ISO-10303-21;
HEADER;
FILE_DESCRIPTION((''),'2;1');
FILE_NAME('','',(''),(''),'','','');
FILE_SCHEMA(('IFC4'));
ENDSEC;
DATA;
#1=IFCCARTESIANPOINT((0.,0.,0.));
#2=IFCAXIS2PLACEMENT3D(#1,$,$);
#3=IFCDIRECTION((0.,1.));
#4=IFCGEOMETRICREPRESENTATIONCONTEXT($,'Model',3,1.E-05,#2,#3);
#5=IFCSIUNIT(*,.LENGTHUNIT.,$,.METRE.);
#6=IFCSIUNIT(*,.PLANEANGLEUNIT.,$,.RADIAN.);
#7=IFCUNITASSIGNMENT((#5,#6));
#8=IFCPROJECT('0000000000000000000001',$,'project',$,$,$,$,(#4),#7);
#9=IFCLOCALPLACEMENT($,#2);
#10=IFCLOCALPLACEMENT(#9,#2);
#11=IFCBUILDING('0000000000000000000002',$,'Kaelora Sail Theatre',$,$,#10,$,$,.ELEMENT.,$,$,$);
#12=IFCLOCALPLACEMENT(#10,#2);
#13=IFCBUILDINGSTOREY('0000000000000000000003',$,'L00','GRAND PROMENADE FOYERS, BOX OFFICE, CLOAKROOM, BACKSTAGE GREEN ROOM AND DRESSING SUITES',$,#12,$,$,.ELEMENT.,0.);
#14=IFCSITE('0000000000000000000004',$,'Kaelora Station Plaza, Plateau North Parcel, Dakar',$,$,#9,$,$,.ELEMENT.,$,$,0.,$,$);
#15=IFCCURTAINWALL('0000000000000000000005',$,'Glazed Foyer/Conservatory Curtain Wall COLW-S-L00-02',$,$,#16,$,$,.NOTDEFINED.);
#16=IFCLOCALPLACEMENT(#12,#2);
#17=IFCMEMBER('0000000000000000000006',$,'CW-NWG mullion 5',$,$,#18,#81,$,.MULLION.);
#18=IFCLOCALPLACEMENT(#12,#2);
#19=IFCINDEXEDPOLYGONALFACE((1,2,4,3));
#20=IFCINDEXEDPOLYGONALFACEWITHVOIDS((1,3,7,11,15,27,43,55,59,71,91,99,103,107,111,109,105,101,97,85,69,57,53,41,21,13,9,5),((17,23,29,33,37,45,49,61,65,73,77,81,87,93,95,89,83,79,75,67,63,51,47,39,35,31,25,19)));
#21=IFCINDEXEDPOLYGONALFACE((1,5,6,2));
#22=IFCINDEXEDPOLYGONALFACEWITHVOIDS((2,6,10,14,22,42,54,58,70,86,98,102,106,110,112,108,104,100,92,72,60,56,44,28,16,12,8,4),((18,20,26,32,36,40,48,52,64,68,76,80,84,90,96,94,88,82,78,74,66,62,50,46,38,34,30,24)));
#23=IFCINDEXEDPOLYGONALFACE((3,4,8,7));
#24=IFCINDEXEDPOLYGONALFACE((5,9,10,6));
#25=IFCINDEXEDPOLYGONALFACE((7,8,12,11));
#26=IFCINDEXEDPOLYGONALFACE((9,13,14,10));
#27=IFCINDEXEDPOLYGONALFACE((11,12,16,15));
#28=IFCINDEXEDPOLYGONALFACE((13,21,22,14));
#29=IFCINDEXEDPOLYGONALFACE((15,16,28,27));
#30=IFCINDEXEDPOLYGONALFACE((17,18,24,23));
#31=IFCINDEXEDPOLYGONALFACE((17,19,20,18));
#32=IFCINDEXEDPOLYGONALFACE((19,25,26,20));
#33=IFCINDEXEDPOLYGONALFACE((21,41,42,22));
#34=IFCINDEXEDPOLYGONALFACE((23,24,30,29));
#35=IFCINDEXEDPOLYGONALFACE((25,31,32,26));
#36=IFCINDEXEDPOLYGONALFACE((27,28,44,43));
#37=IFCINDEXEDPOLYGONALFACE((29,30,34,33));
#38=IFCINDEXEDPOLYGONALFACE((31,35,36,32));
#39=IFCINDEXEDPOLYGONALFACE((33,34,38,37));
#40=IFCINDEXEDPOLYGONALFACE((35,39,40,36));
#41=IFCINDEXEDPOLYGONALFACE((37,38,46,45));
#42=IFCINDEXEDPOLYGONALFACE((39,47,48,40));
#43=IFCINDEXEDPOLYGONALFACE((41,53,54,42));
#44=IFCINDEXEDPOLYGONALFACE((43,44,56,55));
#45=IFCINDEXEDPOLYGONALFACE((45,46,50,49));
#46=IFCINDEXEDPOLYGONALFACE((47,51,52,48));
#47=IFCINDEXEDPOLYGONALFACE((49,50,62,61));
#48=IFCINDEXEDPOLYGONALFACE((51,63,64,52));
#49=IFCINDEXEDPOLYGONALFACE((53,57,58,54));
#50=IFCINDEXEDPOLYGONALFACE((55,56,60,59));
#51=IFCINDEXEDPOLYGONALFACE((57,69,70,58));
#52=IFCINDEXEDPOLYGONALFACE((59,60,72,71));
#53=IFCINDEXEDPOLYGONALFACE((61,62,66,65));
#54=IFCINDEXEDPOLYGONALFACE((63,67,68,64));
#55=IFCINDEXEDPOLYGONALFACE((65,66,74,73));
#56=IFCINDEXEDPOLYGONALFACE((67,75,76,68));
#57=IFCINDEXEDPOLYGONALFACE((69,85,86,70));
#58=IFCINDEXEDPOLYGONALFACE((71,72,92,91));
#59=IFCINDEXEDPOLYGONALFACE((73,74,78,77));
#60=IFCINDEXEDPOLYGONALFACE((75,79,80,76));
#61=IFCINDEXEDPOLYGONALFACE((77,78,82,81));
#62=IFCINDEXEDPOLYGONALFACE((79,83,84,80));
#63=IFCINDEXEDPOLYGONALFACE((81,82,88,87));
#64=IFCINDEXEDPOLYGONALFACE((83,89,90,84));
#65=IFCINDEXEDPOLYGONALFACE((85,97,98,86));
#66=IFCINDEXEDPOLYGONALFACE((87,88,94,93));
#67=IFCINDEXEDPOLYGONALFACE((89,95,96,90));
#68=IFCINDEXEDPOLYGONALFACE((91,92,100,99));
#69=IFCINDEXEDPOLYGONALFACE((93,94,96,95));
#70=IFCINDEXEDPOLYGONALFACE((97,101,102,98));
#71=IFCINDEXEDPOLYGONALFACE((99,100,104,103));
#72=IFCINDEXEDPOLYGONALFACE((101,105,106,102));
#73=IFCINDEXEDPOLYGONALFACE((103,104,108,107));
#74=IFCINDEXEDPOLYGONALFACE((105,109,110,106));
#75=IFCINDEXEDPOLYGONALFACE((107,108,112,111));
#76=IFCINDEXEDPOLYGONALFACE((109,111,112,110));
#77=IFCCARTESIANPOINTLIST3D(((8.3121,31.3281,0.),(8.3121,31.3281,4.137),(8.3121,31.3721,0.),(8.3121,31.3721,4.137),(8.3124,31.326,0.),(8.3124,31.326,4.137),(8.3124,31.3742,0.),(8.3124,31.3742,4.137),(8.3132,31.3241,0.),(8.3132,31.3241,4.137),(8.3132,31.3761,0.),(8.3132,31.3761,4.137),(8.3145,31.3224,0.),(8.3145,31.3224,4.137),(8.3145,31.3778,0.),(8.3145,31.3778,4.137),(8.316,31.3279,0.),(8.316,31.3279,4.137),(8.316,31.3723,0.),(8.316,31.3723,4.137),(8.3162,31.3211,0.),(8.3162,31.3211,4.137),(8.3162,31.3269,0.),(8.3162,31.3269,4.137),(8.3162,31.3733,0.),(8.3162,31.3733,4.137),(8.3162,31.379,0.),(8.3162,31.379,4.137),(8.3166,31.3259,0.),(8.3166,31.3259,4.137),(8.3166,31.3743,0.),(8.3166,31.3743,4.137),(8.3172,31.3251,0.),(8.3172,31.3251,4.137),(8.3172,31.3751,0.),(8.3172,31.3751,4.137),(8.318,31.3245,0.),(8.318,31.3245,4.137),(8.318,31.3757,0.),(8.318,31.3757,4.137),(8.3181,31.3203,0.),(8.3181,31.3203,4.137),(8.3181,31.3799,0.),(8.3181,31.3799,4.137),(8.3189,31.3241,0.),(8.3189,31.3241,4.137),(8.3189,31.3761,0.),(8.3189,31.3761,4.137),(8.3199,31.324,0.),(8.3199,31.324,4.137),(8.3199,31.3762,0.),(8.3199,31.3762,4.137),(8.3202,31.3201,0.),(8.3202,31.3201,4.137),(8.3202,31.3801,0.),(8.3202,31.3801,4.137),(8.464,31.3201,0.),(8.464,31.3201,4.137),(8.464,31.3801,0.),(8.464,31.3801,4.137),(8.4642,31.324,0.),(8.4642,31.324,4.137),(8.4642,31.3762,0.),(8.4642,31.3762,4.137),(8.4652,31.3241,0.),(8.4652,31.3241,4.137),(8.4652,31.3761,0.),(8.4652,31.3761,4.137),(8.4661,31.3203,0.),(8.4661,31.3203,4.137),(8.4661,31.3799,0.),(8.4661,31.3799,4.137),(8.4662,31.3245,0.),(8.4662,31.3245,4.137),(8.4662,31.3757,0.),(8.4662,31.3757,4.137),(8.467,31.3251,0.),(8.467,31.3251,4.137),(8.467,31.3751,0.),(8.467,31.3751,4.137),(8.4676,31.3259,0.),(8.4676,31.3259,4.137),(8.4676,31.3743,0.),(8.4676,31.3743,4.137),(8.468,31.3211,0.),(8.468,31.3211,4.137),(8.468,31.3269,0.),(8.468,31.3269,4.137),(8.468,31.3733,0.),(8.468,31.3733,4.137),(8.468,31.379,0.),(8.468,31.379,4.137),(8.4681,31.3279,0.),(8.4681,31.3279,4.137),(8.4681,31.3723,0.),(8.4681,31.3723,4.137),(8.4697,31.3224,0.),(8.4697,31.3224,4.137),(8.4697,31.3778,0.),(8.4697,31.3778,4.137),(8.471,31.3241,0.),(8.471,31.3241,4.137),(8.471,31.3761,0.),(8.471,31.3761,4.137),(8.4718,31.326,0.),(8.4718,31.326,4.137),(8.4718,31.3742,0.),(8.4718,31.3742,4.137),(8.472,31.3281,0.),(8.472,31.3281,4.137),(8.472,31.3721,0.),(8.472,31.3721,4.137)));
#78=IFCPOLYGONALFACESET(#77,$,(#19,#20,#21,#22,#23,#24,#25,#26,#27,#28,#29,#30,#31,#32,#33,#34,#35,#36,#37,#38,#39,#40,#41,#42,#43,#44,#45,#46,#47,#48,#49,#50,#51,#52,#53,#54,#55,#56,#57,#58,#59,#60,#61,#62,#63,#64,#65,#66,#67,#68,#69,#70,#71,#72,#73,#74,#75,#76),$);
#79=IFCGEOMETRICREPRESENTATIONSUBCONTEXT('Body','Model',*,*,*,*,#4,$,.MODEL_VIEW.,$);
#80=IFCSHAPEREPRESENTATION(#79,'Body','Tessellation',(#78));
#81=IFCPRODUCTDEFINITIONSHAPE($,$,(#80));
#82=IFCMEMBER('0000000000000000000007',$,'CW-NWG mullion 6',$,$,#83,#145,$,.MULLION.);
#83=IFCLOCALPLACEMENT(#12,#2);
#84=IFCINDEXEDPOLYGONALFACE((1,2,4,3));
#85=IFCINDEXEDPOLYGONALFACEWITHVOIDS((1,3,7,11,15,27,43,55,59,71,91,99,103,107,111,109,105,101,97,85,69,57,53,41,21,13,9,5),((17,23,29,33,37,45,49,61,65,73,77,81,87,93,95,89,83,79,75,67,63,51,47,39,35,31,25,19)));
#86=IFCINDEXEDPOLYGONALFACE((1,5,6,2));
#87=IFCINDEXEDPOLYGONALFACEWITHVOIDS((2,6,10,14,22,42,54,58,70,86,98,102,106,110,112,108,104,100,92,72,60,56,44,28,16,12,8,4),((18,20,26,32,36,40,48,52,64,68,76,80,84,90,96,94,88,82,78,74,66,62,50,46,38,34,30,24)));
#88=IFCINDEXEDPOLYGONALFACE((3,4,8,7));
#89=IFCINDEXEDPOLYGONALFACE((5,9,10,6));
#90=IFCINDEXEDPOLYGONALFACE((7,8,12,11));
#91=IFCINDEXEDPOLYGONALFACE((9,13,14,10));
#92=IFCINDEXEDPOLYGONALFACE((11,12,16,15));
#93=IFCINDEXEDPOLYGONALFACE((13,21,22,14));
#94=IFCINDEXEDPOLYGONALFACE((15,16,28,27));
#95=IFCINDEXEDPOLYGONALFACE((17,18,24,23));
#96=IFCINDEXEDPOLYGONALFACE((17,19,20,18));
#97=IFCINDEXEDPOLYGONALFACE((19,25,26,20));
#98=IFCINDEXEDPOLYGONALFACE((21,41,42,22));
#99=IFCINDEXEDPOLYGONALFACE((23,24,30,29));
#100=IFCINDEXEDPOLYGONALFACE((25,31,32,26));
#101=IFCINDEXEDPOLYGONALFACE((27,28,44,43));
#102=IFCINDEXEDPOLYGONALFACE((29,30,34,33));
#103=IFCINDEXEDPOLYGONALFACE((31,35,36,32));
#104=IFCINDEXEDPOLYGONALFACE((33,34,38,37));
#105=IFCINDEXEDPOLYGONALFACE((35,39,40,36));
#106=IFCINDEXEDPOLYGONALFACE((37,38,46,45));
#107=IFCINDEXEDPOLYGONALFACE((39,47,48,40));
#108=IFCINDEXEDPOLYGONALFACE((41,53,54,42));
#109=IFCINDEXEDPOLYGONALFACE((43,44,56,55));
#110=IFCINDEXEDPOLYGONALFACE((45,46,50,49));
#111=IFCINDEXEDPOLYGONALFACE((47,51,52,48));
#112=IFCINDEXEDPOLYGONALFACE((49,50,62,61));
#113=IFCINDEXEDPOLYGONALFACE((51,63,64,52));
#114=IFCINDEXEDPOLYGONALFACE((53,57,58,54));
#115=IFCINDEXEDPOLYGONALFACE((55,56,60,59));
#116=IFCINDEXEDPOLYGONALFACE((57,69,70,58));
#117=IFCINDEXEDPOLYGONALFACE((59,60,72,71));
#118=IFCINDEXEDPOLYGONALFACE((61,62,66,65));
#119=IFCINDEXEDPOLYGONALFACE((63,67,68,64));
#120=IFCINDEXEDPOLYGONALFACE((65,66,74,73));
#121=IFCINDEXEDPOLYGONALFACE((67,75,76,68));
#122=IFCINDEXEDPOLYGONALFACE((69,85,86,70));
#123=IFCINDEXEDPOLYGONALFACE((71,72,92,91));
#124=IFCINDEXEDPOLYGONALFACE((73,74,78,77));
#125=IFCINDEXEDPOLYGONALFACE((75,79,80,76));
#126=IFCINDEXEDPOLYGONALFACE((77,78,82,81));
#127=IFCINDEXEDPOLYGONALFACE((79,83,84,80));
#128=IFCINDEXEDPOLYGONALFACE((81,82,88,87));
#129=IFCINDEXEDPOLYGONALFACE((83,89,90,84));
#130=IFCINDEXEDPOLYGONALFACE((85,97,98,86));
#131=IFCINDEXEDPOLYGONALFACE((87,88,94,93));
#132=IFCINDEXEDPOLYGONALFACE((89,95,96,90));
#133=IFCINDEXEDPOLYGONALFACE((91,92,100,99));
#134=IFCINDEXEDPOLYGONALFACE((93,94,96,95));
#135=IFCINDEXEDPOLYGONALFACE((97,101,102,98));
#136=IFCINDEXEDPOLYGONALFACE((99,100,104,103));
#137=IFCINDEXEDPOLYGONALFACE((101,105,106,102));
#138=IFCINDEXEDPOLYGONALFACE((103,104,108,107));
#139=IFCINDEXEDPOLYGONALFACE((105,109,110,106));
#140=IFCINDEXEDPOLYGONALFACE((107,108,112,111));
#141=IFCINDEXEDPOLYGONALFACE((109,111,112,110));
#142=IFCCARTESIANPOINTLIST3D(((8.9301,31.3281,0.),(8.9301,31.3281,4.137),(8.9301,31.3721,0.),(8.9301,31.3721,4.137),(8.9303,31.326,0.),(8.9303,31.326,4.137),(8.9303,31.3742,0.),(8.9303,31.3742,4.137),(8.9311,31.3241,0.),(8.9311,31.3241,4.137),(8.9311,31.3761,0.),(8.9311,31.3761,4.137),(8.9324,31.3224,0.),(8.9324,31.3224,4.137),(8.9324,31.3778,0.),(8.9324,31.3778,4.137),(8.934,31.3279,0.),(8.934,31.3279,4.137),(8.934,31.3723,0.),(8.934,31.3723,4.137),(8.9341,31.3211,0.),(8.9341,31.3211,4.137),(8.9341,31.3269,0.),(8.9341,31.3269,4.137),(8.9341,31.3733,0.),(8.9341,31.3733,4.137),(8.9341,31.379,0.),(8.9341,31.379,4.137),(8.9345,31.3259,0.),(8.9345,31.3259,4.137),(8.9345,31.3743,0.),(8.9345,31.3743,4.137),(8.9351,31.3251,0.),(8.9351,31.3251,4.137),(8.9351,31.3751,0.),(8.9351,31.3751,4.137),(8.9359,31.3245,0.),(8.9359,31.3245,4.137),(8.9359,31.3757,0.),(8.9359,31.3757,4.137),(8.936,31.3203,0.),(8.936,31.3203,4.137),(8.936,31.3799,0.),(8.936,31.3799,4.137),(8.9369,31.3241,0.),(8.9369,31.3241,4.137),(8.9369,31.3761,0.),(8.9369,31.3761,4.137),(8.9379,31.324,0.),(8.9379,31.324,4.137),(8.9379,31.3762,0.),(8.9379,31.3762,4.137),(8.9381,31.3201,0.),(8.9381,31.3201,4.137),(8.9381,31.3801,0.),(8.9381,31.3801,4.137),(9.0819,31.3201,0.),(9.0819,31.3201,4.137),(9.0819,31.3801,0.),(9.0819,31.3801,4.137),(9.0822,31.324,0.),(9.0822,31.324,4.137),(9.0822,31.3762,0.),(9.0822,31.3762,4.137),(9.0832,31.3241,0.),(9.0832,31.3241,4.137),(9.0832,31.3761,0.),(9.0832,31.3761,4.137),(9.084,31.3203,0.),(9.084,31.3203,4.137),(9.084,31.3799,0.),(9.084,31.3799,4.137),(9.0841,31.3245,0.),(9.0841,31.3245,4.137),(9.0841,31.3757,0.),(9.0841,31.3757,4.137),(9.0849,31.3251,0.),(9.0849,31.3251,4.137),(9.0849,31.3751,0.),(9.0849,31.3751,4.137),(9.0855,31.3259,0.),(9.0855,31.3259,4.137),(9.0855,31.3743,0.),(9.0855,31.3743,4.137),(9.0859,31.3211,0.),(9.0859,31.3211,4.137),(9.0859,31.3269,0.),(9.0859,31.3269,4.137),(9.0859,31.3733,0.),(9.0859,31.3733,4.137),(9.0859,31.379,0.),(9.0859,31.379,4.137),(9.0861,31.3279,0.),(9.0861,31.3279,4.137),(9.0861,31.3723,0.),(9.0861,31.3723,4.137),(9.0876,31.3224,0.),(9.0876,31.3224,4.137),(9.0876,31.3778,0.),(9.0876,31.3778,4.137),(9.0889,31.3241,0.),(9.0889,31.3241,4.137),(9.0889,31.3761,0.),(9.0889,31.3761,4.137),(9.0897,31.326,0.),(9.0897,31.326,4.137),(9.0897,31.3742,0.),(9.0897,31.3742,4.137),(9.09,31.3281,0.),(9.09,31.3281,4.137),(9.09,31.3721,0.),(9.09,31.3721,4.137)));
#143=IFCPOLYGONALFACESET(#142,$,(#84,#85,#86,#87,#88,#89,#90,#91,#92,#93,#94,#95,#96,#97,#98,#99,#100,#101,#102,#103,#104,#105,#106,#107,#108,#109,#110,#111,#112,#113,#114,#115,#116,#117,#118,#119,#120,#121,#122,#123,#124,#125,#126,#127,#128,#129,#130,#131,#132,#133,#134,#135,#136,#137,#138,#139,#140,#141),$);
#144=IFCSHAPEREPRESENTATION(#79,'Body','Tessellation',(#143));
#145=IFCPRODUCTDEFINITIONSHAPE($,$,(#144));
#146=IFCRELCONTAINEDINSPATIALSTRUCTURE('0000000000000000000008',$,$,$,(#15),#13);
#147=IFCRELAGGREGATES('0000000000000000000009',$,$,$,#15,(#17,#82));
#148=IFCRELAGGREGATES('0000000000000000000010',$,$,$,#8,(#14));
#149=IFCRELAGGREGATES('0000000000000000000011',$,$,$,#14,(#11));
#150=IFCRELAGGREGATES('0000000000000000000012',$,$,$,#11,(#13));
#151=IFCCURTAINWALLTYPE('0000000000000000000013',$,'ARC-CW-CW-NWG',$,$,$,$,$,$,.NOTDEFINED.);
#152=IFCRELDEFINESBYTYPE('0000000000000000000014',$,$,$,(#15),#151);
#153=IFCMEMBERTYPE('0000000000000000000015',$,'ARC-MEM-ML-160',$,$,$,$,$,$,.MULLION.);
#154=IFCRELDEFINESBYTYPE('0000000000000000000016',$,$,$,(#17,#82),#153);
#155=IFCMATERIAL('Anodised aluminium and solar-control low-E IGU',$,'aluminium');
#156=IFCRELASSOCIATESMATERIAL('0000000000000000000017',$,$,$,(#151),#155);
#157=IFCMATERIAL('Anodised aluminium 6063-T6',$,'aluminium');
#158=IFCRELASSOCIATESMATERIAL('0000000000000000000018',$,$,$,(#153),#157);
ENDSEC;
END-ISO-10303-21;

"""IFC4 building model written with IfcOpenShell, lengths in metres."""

from ifc_helpers import new_model, si_unit, direction, frame, origin, origin_2d, place, context, subcontext, project, spatial, hollow_rectangle, extrude, material, material_profile, profile_set, type_object, element, aggregate, save


model = new_model("IFC4")

# Units and contexts
model_context = context("Model", 3, precision=1e-05, world=origin(), true_north=direction((0.0, 1.0)))
body_context = subcontext(model_context, "Body", "Model", "MODEL_VIEW")
ifc_project = project(units=[si_unit("LENGTHUNIT", "METRE"), si_unit("PLANEANGLEUNIT", "RADIAN")], contexts=[model_context])

# Site, building, storey
site_placement = place(None, origin())
site = spatial("IfcSite", under=ifc_project, at=site_placement, Name="Kaelora Station Plaza, Plateau North Parcel, Dakar", CompositionType="ELEMENT", RefElevation=0.0)
building_placement = place(site_placement, origin())
building = spatial("IfcBuilding", under=site, at=building_placement, Name="Kaelora Sail Theatre", CompositionType="ELEMENT")
storey_placement = place(building_placement, origin())
storey = spatial("IfcBuildingStorey", under=building, at=storey_placement, Name="L00", Description="GRAND PROMENADE FOYERS, BOX OFFICE, CLOAKROOM, BACKSTAGE GREEN ROOM AND DRESSING SUITES", CompositionType="ELEMENT", Elevation=0.0)

# Curtain wall, members
ifc_material_1 = material(Name="Anodised aluminium and solar-control low-E IGU", Category="aluminium")
curtain_wall_type = type_object("IfcCurtainWallType", Name="ARC-CW-CW-NWG", PredefinedType="NOTDEFINED", material=ifc_material_1)
curtain_wall_1_placement = place(storey_placement, origin())
curtain_wall_1 = element("IfcCurtainWall", 1, at=curtain_wall_1_placement, inside=storey, type_object=curtain_wall_type, Name="Glazed Foyer/Conservatory Curtain Wall COLW-S-L00-02", PredefinedType="NOTDEFINED")
ifc_material_2 = material(Name="Anodised aluminium 6063-T6", Category="aluminium")
ifc_material_profile_1 = material_profile(ifc_material_2, hollow_rectangle(XDim=0.0601, YDim=0.1599, WallThickness=0.0039, InnerFilletRadius=0.0039, OuterFilletRadius=0.0081, at=origin_2d()), Name="ALU-MULL 60x160x4")
ifc_profile_set_1 = profile_set([ifc_material_profile_1], Name="Anodised aluminium 6063-T6")
member_type_1 = type_object("IfcMemberType", Name="ARC-MEM-ML-160", PredefinedType="MULLION", material=ifc_profile_set_1)
member_1_placement = place(storey_placement, frame((8.3921, 31.3501, 0.0), z_axis=(0.0, 0.0, 1.0), x_axis=(0.0, 1.0, 0.0)))
member_1 = element("IfcMember", 2, at=member_1_placement, type_object=member_type_1, Name="CW-NWG mullion 5", PredefinedType="MULLION", context=body_context, shape_type="SweptSolid", body=[
    extrude(hollow_rectangle(XDim=0.0601, YDim=0.1599, WallThickness=0.0039, InnerFilletRadius=0.0039, OuterFilletRadius=0.0081, at=origin_2d()), origin(), (0.0, 0.0, 1.0), 4.137),
])
member_2_placement = place(storey_placement, frame((9.01, 31.3501, 0.0), z_axis=(0.0, 0.0, 1.0), x_axis=(0.0, 1.0, 0.0)))
member_2 = element("IfcMember", 3, at=member_2_placement, type_object=member_type_1, Name="CW-NWG mullion 6", PredefinedType="MULLION", context=body_context, shape_type="SweptSolid", body=[
    extrude(hollow_rectangle(XDim=0.0601, YDim=0.1599, WallThickness=0.0039, InnerFilletRadius=0.0039, OuterFilletRadius=0.0081, at=origin_2d()), origin(), (0.0, 0.0, 1.0), 4.137),
])

aggregate(curtain_wall_1, [member_1, member_2])

save(model, "model.ifc")
